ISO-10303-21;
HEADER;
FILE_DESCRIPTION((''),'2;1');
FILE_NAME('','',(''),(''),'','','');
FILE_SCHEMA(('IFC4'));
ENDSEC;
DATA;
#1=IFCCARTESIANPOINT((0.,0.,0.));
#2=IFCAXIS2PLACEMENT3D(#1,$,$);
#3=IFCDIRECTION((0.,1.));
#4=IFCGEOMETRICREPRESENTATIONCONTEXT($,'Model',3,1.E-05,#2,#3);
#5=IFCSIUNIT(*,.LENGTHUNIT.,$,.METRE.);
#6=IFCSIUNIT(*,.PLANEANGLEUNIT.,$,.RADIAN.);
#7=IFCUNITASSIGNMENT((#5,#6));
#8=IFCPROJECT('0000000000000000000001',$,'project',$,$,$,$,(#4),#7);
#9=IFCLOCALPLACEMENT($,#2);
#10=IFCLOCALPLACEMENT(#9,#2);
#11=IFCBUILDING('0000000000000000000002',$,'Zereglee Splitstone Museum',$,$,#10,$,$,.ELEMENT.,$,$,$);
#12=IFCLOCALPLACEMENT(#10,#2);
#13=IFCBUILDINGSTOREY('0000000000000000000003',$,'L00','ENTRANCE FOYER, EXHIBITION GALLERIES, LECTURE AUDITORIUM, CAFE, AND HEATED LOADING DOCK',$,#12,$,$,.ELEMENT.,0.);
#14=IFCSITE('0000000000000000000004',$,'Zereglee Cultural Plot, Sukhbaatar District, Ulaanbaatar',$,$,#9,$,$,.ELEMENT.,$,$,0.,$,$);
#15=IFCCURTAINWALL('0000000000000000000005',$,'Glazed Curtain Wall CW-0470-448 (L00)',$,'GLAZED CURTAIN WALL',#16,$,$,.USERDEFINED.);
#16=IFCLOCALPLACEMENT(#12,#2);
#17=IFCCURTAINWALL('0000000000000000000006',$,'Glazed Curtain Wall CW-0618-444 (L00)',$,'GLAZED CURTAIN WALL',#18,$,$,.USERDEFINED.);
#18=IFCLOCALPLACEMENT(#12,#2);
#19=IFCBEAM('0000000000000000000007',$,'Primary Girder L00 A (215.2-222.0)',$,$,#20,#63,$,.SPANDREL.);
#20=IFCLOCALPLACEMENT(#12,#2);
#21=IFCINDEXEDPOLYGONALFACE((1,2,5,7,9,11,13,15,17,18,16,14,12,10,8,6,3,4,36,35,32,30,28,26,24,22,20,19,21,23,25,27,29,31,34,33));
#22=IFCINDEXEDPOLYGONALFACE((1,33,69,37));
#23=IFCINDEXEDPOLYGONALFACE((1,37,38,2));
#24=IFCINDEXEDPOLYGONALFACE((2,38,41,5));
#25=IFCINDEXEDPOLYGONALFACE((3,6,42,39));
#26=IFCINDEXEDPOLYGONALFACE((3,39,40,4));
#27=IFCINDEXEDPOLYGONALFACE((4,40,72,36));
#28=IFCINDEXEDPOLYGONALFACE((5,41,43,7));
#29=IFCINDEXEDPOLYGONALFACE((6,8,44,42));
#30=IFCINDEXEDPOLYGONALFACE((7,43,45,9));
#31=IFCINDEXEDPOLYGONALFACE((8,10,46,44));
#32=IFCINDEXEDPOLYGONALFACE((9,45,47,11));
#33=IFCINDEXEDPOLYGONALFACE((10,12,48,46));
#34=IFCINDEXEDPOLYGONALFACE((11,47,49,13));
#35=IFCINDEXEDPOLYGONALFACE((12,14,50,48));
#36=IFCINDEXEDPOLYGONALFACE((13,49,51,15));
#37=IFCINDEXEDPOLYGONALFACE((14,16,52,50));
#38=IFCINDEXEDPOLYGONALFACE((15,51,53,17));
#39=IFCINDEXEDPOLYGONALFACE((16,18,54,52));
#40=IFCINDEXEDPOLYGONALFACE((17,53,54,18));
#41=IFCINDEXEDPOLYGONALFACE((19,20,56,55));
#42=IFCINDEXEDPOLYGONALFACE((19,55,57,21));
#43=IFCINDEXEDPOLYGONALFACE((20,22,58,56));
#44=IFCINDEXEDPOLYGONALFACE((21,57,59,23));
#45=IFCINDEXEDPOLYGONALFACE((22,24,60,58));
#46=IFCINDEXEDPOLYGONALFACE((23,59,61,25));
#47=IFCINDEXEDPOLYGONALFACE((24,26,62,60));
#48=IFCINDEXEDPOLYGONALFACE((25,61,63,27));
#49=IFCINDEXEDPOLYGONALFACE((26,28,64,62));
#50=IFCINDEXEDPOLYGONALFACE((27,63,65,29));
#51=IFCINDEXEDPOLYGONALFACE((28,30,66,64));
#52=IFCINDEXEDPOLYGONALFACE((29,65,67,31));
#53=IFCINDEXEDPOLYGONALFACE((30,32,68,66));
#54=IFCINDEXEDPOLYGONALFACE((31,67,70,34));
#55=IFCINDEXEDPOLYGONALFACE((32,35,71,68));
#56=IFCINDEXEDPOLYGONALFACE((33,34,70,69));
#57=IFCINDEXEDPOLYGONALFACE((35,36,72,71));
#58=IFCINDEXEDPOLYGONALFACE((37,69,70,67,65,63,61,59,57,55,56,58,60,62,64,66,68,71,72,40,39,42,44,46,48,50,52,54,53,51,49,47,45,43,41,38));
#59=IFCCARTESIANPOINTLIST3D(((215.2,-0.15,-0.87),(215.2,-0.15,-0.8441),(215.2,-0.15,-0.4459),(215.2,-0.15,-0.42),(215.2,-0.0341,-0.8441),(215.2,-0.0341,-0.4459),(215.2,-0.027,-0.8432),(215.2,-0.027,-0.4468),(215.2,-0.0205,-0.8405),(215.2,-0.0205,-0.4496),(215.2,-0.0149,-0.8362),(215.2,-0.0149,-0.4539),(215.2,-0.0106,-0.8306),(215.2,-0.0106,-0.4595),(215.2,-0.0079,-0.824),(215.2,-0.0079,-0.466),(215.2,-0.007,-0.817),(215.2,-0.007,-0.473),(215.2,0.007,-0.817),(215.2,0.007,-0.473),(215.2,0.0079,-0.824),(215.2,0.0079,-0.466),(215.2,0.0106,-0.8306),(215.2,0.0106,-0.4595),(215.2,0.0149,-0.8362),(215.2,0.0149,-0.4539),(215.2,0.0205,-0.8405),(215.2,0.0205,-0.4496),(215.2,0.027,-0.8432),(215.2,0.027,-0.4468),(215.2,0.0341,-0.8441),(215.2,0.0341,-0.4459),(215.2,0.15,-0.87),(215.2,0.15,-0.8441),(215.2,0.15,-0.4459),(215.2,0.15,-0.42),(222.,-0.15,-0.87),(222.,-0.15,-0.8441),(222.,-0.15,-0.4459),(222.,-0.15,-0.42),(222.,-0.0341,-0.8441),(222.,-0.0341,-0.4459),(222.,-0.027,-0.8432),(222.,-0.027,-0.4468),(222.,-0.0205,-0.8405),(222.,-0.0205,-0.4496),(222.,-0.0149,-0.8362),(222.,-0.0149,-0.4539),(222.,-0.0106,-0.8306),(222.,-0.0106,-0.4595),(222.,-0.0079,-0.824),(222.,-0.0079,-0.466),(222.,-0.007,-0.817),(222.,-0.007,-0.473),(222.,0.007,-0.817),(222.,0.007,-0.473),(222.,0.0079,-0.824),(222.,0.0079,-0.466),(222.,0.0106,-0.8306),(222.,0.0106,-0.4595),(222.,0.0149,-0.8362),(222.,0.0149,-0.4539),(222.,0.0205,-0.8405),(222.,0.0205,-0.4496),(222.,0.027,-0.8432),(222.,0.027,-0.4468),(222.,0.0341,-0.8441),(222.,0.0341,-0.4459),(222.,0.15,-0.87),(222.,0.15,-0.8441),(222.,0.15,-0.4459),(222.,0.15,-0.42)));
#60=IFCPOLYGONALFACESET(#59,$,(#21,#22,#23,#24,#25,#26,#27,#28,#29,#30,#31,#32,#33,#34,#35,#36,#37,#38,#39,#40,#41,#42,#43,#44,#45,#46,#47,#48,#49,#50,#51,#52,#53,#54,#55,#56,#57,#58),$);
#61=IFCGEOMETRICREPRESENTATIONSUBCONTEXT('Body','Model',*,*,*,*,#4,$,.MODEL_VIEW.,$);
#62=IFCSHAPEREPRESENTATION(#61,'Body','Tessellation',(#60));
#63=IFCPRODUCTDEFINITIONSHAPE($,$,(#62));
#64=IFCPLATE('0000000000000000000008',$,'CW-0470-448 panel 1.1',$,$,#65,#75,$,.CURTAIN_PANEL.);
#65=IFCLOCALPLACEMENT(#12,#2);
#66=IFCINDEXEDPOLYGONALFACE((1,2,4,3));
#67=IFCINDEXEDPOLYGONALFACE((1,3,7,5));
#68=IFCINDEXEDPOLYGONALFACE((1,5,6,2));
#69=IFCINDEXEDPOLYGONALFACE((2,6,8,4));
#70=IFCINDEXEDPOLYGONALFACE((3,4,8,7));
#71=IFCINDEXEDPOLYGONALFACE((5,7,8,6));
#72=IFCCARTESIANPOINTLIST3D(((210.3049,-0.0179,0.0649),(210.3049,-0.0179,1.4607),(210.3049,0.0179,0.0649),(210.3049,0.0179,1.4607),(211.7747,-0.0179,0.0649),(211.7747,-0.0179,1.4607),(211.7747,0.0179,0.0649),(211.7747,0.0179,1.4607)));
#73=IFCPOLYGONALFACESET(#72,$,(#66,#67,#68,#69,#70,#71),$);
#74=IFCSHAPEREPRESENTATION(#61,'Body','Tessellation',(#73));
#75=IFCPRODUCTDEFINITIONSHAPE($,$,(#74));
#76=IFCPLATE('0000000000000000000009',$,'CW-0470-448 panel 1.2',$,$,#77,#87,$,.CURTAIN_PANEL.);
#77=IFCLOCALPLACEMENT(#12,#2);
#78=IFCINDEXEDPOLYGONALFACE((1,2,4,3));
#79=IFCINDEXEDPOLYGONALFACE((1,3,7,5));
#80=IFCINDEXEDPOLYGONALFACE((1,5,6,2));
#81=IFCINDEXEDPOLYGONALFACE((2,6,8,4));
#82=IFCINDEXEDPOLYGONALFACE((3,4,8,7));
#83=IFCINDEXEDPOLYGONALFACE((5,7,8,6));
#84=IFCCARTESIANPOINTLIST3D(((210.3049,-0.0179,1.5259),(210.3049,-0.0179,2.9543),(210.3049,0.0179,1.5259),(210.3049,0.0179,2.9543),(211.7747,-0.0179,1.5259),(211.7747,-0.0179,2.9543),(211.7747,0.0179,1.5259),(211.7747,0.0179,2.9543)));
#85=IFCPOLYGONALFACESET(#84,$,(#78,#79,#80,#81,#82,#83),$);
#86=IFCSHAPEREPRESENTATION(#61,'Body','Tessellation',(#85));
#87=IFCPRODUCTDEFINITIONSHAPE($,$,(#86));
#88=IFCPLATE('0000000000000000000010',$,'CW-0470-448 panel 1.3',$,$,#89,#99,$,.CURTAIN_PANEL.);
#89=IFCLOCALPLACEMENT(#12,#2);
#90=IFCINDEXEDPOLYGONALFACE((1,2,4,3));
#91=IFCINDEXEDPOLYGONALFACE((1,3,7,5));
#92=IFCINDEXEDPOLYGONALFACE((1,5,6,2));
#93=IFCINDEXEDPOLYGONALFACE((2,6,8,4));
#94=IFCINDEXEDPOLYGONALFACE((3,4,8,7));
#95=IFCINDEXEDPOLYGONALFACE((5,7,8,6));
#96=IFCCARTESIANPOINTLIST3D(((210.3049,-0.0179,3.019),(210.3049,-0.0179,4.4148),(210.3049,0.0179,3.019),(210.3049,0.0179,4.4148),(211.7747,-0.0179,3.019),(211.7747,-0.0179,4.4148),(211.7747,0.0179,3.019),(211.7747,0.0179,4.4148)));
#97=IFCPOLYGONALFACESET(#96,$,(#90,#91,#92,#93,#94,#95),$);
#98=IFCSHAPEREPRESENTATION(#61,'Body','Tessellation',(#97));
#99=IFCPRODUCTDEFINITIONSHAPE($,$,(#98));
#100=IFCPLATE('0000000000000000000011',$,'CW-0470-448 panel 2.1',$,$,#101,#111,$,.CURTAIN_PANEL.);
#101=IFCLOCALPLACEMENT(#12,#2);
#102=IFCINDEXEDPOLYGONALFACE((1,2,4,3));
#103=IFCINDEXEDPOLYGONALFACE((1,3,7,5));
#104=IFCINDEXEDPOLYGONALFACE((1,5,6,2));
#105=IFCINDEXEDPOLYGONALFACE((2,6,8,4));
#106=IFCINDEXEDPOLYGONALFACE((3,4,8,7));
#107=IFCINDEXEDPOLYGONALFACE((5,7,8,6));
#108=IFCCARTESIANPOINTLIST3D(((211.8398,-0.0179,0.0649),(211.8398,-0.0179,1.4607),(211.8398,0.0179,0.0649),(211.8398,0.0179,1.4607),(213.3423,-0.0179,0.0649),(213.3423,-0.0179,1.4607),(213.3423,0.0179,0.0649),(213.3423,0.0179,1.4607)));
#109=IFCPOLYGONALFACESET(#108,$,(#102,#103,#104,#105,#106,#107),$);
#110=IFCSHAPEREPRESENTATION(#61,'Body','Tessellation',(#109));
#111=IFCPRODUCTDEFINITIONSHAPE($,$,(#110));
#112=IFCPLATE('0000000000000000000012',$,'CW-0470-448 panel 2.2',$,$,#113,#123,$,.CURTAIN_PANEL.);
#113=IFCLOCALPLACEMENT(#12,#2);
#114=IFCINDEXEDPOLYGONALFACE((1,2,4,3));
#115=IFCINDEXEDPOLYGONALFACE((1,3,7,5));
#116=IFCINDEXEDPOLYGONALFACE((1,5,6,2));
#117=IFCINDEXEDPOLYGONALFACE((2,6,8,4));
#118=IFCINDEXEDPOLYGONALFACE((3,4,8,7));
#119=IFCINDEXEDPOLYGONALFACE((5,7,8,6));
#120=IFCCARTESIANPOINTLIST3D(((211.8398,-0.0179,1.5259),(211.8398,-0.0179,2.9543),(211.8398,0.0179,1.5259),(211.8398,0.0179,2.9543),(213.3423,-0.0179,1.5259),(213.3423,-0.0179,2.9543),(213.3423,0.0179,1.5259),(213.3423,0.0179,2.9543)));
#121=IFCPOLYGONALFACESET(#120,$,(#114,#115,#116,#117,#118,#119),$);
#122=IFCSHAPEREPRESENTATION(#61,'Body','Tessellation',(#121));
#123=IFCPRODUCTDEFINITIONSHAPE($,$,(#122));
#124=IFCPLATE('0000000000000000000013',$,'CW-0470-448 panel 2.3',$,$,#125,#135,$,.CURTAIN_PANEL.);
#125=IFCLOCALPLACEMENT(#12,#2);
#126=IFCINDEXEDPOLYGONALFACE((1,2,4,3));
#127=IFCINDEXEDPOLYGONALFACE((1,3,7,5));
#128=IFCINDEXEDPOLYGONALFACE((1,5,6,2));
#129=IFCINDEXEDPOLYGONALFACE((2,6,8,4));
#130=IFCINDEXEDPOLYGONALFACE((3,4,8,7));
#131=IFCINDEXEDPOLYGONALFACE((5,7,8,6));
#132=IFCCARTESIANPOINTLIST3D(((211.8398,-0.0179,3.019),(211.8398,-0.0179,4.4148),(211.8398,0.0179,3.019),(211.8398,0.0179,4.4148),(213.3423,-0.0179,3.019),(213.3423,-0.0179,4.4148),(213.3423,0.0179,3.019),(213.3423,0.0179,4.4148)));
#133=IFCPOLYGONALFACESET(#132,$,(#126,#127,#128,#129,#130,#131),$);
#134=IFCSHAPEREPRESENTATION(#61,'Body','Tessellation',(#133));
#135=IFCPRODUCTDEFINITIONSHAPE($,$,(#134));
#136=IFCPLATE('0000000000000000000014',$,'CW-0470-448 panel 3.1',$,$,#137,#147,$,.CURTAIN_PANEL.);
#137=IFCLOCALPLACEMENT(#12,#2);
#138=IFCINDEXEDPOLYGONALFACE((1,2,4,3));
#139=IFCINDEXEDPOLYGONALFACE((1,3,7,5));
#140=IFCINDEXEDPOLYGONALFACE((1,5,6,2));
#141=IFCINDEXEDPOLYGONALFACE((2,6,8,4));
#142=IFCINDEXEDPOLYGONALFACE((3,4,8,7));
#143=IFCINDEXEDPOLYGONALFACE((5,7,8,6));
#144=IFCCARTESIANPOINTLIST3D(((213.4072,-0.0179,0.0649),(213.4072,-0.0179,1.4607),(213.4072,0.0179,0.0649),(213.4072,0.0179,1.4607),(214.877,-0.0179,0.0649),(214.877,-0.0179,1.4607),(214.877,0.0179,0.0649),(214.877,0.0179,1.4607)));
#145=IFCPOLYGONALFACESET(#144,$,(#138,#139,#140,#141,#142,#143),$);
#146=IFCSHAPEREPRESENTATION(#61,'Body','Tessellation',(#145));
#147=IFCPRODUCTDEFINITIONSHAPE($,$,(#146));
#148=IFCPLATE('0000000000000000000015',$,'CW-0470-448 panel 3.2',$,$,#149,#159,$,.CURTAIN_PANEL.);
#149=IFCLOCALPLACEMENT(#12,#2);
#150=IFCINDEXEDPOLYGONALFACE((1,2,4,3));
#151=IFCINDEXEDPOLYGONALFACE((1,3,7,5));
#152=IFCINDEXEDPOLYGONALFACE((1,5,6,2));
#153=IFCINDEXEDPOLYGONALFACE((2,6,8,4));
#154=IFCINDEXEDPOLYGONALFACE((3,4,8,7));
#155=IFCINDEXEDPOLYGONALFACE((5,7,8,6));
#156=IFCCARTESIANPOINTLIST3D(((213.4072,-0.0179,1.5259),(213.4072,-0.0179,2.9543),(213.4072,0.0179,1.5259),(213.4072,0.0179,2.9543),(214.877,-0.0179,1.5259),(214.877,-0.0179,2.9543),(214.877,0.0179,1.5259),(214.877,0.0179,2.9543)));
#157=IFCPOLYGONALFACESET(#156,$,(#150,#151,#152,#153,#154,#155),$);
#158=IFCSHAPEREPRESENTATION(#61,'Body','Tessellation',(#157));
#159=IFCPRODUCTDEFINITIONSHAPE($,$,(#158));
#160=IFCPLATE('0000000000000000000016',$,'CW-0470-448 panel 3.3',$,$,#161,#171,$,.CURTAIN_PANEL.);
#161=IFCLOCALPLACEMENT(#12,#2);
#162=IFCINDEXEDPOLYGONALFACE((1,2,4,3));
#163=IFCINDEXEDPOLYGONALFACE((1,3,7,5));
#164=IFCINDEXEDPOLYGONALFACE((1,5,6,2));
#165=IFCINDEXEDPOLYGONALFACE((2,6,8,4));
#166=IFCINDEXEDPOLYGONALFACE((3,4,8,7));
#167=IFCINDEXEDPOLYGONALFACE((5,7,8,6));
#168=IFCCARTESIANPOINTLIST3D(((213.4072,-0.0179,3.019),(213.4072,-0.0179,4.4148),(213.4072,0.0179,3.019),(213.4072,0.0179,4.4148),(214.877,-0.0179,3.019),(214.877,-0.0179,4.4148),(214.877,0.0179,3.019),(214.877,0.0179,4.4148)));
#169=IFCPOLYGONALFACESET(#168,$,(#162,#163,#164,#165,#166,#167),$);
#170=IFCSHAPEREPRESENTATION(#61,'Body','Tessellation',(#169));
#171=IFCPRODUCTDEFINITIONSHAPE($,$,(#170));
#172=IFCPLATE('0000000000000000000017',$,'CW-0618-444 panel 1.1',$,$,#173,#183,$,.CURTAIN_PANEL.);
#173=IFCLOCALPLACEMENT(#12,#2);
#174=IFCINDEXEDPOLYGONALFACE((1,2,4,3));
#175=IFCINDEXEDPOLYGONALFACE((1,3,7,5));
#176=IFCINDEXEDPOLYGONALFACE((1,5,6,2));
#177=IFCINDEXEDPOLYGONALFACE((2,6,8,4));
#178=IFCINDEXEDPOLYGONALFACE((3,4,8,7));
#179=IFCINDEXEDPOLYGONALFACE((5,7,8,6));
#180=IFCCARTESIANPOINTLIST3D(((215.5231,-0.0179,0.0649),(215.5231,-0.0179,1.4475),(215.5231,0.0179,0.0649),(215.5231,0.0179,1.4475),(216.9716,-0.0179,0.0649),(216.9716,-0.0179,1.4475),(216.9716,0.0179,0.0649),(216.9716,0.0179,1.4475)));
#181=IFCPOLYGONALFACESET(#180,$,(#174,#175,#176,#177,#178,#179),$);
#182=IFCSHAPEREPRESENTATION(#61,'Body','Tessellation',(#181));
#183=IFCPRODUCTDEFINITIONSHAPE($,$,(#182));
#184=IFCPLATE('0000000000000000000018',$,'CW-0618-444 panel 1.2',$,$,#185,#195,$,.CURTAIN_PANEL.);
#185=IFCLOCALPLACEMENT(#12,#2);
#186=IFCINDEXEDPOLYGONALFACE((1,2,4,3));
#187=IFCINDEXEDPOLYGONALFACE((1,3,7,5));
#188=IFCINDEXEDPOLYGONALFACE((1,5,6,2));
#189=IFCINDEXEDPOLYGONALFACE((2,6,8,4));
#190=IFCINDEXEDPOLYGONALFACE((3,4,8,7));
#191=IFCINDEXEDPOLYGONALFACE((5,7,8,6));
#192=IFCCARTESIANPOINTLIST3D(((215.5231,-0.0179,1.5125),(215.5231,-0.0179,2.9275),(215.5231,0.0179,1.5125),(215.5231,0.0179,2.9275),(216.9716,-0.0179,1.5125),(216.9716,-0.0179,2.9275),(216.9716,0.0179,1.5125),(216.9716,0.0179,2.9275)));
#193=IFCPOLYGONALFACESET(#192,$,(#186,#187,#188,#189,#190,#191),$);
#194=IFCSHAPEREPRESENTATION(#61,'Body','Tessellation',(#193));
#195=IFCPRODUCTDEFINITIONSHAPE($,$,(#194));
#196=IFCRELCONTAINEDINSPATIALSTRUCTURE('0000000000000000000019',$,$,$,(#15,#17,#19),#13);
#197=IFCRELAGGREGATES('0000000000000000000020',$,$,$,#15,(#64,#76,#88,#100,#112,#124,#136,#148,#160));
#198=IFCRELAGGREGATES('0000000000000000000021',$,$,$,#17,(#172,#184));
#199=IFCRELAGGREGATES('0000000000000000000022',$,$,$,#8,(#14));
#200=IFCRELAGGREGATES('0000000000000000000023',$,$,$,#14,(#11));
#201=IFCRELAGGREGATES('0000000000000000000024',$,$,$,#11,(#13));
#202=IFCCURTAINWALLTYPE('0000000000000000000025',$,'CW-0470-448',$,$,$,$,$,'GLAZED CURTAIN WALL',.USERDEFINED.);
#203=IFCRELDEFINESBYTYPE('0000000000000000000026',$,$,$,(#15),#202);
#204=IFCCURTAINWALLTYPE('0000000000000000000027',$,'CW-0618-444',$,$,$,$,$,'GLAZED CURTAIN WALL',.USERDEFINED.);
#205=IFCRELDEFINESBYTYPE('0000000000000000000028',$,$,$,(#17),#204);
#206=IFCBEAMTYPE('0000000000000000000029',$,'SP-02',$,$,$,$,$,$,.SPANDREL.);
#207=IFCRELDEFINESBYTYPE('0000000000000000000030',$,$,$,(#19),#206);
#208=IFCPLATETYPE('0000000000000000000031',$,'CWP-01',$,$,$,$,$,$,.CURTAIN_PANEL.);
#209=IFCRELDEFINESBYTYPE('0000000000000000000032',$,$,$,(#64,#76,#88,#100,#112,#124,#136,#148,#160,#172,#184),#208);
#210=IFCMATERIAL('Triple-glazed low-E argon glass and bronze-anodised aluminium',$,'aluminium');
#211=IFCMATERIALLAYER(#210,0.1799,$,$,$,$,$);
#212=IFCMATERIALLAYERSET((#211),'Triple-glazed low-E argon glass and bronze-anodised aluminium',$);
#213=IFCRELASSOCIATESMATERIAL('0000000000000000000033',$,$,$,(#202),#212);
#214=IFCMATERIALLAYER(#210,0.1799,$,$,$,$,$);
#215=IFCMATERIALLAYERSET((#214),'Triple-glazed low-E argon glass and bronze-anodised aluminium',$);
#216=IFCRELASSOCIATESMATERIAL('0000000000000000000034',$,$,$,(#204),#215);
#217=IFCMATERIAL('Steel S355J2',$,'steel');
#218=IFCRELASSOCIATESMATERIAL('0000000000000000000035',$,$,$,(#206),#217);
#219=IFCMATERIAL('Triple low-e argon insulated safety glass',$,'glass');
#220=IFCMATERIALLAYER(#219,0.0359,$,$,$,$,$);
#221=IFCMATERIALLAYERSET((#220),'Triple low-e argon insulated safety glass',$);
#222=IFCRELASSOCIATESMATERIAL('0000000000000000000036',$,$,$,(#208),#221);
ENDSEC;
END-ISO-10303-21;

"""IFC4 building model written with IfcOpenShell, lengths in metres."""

from ifc_helpers import new_model, si_unit, direction, frame, origin, origin_2d, place, context, subcontext, project, spatial, rectangle, i_section, extrude, material, layer, layer_set, material_profile, profile_set, type_object, element, aggregate, save


model = new_model("IFC4")

# Units and contexts
model_context = context("Model", 3, precision=1e-05, world=origin(), true_north=direction((0.0, 1.0)))
body_context = subcontext(model_context, "Body", "Model", "MODEL_VIEW")
ifc_project = project(units=[si_unit("LENGTHUNIT", "METRE"), si_unit("PLANEANGLEUNIT", "RADIAN")], contexts=[model_context])

# Site, building, storey
site_placement = place(None, origin())
site = spatial("IfcSite", under=ifc_project, at=site_placement, Name="Zereglee Cultural Plot, Sukhbaatar District, Ulaanbaatar", CompositionType="ELEMENT", RefElevation=0.0)
building_placement = place(site_placement, origin())
building = spatial("IfcBuilding", under=site, at=building_placement, Name="Zereglee Splitstone Museum", CompositionType="ELEMENT")
storey_placement = place(building_placement, origin())
storey = spatial("IfcBuildingStorey", under=building, at=storey_placement, Name="L00", Description="ENTRANCE FOYER, EXHIBITION GALLERIES, LECTURE AUDITORIUM, CAFE, AND HEATED LOADING DOCK", CompositionType="ELEMENT", Elevation=0.0)

# Curtain walls
ifc_material_1 = material(Name="Triple-glazed low-E argon glass and bronze-anodised aluminium", Category="aluminium")
ifc_layer_1 = layer(ifc_material_1, 0.1799)
ifc_layer_set_1 = layer_set([ifc_layer_1], Name="Triple-glazed low-E argon glass and bronze-anodised aluminium")
curtain_wall_type_1 = type_object("IfcCurtainWallType", Name="CW-0470-448", ElementType="GLAZED CURTAIN WALL", PredefinedType="USERDEFINED", material=ifc_layer_set_1)
curtain_wall_1_placement = place(storey_placement, origin())
curtain_wall_1 = element("IfcCurtainWall", 1, at=curtain_wall_1_placement, inside=storey, type_object=curtain_wall_type_1, Name="Glazed Curtain Wall CW-0470-448 (L00)", ObjectType="GLAZED CURTAIN WALL", PredefinedType="USERDEFINED")
ifc_layer_2 = layer(ifc_material_1, 0.1799)
ifc_layer_set_2 = layer_set([ifc_layer_2], Name="Triple-glazed low-E argon glass and bronze-anodised aluminium")
curtain_wall_type_2 = type_object("IfcCurtainWallType", Name="CW-0618-444", ElementType="GLAZED CURTAIN WALL", PredefinedType="USERDEFINED", material=ifc_layer_set_2)
curtain_wall_2_placement = place(storey_placement, origin())
curtain_wall_2 = element("IfcCurtainWall", 2, at=curtain_wall_2_placement, inside=storey, type_object=curtain_wall_type_2, Name="Glazed Curtain Wall CW-0618-444 (L00)", ObjectType="GLAZED CURTAIN WALL", PredefinedType="USERDEFINED")

# Beam
ifc_material_2 = material(Name="Steel S355J2", Category="steel")
ifc_material_profile_1 = material_profile(ifc_material_2, i_section(OverallWidth=0.3, OverallDepth=0.45, WebThickness=0.0139, FlangeThickness=0.0259, FilletRadius=0.0271, at=origin_2d()), Name="HE 450 B")
ifc_profile_set_1 = profile_set([ifc_material_profile_1], Name="Steel S355J2")
beam_type_1 = type_object("IfcBeamType", Name="SP-02", PredefinedType="SPANDREL", material=ifc_profile_set_1)
beam_1_placement = place(storey_placement, frame((215.2, 0.0, -0.645), z_axis=(1.0, 0.0, 0.0), x_axis=(0.0, 1.0, 0.0)))
element("IfcBeam", 3, at=beam_1_placement, inside=storey, type_object=beam_type_1, Name="Primary Girder L00 A (215.2-222.0)", PredefinedType="SPANDREL", context=body_context, shape_type="SweptSolid", body=[
    extrude(i_section(OverallWidth=0.3, OverallDepth=0.45, WebThickness=0.0139, FlangeThickness=0.0259, FilletRadius=0.0271, at=origin_2d()), origin(), (0.0, 0.0, 1.0), 6.8),
])

# Plates
ifc_material_3 = material(Name="Triple low-e argon insulated safety glass", Category="glass")
ifc_layer_3 = layer(ifc_material_3, 0.0359)
ifc_layer_set_3 = layer_set([ifc_layer_3], Name="Triple low-e argon insulated safety glass")
plate_type = type_object("IfcPlateType", Name="CWP-01", PredefinedType="CURTAIN_PANEL", material=ifc_layer_set_3)
plate_1_placement = place(storey_placement, frame((211.0398, 0.0, 0.0649), z_axis=(0.0, 0.0, 1.0), x_axis=(1.0, 0.0, 0.0)))
plate_1 = element("IfcPlate", 4, at=plate_1_placement, type_object=plate_type, Name="CW-0470-448 panel 1.1", PredefinedType="CURTAIN_PANEL", context=body_context, shape_type="SweptSolid", body=[
    extrude(rectangle(XDim=1.4697, YDim=0.0359, at=origin_2d()), origin(), (0.0, 0.0, 1.0), 1.3958),
])
plate_2_placement = place(storey_placement, frame((211.0398, 0.0, 1.5259), z_axis=(0.0, 0.0, 1.0), x_axis=(1.0, 0.0, 0.0)))
plate_2 = element("IfcPlate", 5, at=plate_2_placement, type_object=plate_type, Name="CW-0470-448 panel 1.2", PredefinedType="CURTAIN_PANEL", context=body_context, shape_type="SweptSolid", body=[
    extrude(rectangle(XDim=1.4697, YDim=0.0359, at=origin_2d()), origin(), (0.0, 0.0, 1.0), 1.4285),
])
plate_3_placement = place(storey_placement, frame((211.0398, 0.0, 3.019), z_axis=(0.0, 0.0, 1.0), x_axis=(1.0, 0.0, 0.0)))
plate_3 = element("IfcPlate", 6, at=plate_3_placement, type_object=plate_type, Name="CW-0470-448 panel 1.3", PredefinedType="CURTAIN_PANEL", context=body_context, shape_type="SweptSolid", body=[
    extrude(rectangle(XDim=1.4697, YDim=0.0359, at=origin_2d()), origin(), (0.0, 0.0, 1.0), 1.3958),
])
plate_4_placement = place(storey_placement, frame((212.5911, 0.0, 0.0649), z_axis=(0.0, 0.0, 1.0), x_axis=(1.0, 0.0, 0.0)))
plate_4 = element("IfcPlate", 7, at=plate_4_placement, type_object=plate_type, Name="CW-0470-448 panel 2.1", PredefinedType="CURTAIN_PANEL", context=body_context, shape_type="SweptSolid", body=[
    extrude(rectangle(XDim=1.5024, YDim=0.0359, at=origin_2d()), origin(), (0.0, 0.0, 1.0), 1.3958),
])
plate_5_placement = place(storey_placement, frame((212.5911, 0.0, 1.5259), z_axis=(0.0, 0.0, 1.0), x_axis=(1.0, 0.0, 0.0)))
plate_5 = element("IfcPlate", 8, at=plate_5_placement, type_object=plate_type, Name="CW-0470-448 panel 2.2", PredefinedType="CURTAIN_PANEL", context=body_context, shape_type="SweptSolid", body=[
    extrude(rectangle(XDim=1.5024, YDim=0.0359, at=origin_2d()), origin(), (0.0, 0.0, 1.0), 1.4285),
])
plate_6_placement = place(storey_placement, frame((212.5911, 0.0, 3.019), z_axis=(0.0, 0.0, 1.0), x_axis=(1.0, 0.0, 0.0)))
plate_6 = element("IfcPlate", 9, at=plate_6_placement, type_object=plate_type, Name="CW-0470-448 panel 2.3", PredefinedType="CURTAIN_PANEL", context=body_context, shape_type="SweptSolid", body=[
    extrude(rectangle(XDim=1.5024, YDim=0.0359, at=origin_2d()), origin(), (0.0, 0.0, 1.0), 1.3958),
])
plate_7_placement = place(storey_placement, frame((214.1421, 0.0, 0.0649), z_axis=(0.0, 0.0, 1.0), x_axis=(1.0, 0.0, 0.0)))
plate_7 = element("IfcPlate", 10, at=plate_7_placement, type_object=plate_type, Name="CW-0470-448 panel 3.1", PredefinedType="CURTAIN_PANEL", context=body_context, shape_type="SweptSolid", body=[
    extrude(rectangle(XDim=1.4697, YDim=0.0359, at=origin_2d()), origin(), (0.0, 0.0, 1.0), 1.3958),
])
plate_8_placement = place(storey_placement, frame((214.1421, 0.0, 1.5259), z_axis=(0.0, 0.0, 1.0), x_axis=(1.0, 0.0, 0.0)))
plate_8 = element("IfcPlate", 11, at=plate_8_placement, type_object=plate_type, Name="CW-0470-448 panel 3.2", PredefinedType="CURTAIN_PANEL", context=body_context, shape_type="SweptSolid", body=[
    extrude(rectangle(XDim=1.4697, YDim=0.0359, at=origin_2d()), origin(), (0.0, 0.0, 1.0), 1.4285),
])
plate_9_placement = place(storey_placement, frame((214.1421, 0.0, 3.019), z_axis=(0.0, 0.0, 1.0), x_axis=(1.0, 0.0, 0.0)))
plate_9 = element("IfcPlate", 12, at=plate_9_placement, type_object=plate_type, Name="CW-0470-448 panel 3.3", PredefinedType="CURTAIN_PANEL", context=body_context, shape_type="SweptSolid", body=[
    extrude(rectangle(XDim=1.4697, YDim=0.0359, at=origin_2d()), origin(), (0.0, 0.0, 1.0), 1.3958),
])
aggregate(curtain_wall_1, [plate_1, plate_2, plate_3, plate_4, plate_5, plate_6, plate_7, plate_8, plate_9])
plate_10_placement = place(storey_placement, frame((216.2473, 0.0, 0.0649), z_axis=(0.0, 0.0, 1.0), x_axis=(1.0, 0.0, 0.0)))
plate_10 = element("IfcPlate", 13, at=plate_10_placement, type_object=plate_type, Name="CW-0618-444 panel 1.1", PredefinedType="CURTAIN_PANEL", context=body_context, shape_type="SweptSolid", body=[
    extrude(rectangle(XDim=1.4485, YDim=0.0359, at=origin_2d()), origin(), (0.0, 0.0, 1.0), 1.3826),
])
plate_11_placement = place(storey_placement, frame((216.2473, 0.0, 1.5125), z_axis=(0.0, 0.0, 1.0), x_axis=(1.0, 0.0, 0.0)))
plate_11 = element("IfcPlate", 14, at=plate_11_placement, type_object=plate_type, Name="CW-0618-444 panel 1.2", PredefinedType="CURTAIN_PANEL", context=body_context, shape_type="SweptSolid", body=[
    extrude(rectangle(XDim=1.4485, YDim=0.0359, at=origin_2d()), origin(), (0.0, 0.0, 1.0), 1.415),
])
aggregate(curtain_wall_2, [plate_10, plate_11])

save(model, "model.ifc")
